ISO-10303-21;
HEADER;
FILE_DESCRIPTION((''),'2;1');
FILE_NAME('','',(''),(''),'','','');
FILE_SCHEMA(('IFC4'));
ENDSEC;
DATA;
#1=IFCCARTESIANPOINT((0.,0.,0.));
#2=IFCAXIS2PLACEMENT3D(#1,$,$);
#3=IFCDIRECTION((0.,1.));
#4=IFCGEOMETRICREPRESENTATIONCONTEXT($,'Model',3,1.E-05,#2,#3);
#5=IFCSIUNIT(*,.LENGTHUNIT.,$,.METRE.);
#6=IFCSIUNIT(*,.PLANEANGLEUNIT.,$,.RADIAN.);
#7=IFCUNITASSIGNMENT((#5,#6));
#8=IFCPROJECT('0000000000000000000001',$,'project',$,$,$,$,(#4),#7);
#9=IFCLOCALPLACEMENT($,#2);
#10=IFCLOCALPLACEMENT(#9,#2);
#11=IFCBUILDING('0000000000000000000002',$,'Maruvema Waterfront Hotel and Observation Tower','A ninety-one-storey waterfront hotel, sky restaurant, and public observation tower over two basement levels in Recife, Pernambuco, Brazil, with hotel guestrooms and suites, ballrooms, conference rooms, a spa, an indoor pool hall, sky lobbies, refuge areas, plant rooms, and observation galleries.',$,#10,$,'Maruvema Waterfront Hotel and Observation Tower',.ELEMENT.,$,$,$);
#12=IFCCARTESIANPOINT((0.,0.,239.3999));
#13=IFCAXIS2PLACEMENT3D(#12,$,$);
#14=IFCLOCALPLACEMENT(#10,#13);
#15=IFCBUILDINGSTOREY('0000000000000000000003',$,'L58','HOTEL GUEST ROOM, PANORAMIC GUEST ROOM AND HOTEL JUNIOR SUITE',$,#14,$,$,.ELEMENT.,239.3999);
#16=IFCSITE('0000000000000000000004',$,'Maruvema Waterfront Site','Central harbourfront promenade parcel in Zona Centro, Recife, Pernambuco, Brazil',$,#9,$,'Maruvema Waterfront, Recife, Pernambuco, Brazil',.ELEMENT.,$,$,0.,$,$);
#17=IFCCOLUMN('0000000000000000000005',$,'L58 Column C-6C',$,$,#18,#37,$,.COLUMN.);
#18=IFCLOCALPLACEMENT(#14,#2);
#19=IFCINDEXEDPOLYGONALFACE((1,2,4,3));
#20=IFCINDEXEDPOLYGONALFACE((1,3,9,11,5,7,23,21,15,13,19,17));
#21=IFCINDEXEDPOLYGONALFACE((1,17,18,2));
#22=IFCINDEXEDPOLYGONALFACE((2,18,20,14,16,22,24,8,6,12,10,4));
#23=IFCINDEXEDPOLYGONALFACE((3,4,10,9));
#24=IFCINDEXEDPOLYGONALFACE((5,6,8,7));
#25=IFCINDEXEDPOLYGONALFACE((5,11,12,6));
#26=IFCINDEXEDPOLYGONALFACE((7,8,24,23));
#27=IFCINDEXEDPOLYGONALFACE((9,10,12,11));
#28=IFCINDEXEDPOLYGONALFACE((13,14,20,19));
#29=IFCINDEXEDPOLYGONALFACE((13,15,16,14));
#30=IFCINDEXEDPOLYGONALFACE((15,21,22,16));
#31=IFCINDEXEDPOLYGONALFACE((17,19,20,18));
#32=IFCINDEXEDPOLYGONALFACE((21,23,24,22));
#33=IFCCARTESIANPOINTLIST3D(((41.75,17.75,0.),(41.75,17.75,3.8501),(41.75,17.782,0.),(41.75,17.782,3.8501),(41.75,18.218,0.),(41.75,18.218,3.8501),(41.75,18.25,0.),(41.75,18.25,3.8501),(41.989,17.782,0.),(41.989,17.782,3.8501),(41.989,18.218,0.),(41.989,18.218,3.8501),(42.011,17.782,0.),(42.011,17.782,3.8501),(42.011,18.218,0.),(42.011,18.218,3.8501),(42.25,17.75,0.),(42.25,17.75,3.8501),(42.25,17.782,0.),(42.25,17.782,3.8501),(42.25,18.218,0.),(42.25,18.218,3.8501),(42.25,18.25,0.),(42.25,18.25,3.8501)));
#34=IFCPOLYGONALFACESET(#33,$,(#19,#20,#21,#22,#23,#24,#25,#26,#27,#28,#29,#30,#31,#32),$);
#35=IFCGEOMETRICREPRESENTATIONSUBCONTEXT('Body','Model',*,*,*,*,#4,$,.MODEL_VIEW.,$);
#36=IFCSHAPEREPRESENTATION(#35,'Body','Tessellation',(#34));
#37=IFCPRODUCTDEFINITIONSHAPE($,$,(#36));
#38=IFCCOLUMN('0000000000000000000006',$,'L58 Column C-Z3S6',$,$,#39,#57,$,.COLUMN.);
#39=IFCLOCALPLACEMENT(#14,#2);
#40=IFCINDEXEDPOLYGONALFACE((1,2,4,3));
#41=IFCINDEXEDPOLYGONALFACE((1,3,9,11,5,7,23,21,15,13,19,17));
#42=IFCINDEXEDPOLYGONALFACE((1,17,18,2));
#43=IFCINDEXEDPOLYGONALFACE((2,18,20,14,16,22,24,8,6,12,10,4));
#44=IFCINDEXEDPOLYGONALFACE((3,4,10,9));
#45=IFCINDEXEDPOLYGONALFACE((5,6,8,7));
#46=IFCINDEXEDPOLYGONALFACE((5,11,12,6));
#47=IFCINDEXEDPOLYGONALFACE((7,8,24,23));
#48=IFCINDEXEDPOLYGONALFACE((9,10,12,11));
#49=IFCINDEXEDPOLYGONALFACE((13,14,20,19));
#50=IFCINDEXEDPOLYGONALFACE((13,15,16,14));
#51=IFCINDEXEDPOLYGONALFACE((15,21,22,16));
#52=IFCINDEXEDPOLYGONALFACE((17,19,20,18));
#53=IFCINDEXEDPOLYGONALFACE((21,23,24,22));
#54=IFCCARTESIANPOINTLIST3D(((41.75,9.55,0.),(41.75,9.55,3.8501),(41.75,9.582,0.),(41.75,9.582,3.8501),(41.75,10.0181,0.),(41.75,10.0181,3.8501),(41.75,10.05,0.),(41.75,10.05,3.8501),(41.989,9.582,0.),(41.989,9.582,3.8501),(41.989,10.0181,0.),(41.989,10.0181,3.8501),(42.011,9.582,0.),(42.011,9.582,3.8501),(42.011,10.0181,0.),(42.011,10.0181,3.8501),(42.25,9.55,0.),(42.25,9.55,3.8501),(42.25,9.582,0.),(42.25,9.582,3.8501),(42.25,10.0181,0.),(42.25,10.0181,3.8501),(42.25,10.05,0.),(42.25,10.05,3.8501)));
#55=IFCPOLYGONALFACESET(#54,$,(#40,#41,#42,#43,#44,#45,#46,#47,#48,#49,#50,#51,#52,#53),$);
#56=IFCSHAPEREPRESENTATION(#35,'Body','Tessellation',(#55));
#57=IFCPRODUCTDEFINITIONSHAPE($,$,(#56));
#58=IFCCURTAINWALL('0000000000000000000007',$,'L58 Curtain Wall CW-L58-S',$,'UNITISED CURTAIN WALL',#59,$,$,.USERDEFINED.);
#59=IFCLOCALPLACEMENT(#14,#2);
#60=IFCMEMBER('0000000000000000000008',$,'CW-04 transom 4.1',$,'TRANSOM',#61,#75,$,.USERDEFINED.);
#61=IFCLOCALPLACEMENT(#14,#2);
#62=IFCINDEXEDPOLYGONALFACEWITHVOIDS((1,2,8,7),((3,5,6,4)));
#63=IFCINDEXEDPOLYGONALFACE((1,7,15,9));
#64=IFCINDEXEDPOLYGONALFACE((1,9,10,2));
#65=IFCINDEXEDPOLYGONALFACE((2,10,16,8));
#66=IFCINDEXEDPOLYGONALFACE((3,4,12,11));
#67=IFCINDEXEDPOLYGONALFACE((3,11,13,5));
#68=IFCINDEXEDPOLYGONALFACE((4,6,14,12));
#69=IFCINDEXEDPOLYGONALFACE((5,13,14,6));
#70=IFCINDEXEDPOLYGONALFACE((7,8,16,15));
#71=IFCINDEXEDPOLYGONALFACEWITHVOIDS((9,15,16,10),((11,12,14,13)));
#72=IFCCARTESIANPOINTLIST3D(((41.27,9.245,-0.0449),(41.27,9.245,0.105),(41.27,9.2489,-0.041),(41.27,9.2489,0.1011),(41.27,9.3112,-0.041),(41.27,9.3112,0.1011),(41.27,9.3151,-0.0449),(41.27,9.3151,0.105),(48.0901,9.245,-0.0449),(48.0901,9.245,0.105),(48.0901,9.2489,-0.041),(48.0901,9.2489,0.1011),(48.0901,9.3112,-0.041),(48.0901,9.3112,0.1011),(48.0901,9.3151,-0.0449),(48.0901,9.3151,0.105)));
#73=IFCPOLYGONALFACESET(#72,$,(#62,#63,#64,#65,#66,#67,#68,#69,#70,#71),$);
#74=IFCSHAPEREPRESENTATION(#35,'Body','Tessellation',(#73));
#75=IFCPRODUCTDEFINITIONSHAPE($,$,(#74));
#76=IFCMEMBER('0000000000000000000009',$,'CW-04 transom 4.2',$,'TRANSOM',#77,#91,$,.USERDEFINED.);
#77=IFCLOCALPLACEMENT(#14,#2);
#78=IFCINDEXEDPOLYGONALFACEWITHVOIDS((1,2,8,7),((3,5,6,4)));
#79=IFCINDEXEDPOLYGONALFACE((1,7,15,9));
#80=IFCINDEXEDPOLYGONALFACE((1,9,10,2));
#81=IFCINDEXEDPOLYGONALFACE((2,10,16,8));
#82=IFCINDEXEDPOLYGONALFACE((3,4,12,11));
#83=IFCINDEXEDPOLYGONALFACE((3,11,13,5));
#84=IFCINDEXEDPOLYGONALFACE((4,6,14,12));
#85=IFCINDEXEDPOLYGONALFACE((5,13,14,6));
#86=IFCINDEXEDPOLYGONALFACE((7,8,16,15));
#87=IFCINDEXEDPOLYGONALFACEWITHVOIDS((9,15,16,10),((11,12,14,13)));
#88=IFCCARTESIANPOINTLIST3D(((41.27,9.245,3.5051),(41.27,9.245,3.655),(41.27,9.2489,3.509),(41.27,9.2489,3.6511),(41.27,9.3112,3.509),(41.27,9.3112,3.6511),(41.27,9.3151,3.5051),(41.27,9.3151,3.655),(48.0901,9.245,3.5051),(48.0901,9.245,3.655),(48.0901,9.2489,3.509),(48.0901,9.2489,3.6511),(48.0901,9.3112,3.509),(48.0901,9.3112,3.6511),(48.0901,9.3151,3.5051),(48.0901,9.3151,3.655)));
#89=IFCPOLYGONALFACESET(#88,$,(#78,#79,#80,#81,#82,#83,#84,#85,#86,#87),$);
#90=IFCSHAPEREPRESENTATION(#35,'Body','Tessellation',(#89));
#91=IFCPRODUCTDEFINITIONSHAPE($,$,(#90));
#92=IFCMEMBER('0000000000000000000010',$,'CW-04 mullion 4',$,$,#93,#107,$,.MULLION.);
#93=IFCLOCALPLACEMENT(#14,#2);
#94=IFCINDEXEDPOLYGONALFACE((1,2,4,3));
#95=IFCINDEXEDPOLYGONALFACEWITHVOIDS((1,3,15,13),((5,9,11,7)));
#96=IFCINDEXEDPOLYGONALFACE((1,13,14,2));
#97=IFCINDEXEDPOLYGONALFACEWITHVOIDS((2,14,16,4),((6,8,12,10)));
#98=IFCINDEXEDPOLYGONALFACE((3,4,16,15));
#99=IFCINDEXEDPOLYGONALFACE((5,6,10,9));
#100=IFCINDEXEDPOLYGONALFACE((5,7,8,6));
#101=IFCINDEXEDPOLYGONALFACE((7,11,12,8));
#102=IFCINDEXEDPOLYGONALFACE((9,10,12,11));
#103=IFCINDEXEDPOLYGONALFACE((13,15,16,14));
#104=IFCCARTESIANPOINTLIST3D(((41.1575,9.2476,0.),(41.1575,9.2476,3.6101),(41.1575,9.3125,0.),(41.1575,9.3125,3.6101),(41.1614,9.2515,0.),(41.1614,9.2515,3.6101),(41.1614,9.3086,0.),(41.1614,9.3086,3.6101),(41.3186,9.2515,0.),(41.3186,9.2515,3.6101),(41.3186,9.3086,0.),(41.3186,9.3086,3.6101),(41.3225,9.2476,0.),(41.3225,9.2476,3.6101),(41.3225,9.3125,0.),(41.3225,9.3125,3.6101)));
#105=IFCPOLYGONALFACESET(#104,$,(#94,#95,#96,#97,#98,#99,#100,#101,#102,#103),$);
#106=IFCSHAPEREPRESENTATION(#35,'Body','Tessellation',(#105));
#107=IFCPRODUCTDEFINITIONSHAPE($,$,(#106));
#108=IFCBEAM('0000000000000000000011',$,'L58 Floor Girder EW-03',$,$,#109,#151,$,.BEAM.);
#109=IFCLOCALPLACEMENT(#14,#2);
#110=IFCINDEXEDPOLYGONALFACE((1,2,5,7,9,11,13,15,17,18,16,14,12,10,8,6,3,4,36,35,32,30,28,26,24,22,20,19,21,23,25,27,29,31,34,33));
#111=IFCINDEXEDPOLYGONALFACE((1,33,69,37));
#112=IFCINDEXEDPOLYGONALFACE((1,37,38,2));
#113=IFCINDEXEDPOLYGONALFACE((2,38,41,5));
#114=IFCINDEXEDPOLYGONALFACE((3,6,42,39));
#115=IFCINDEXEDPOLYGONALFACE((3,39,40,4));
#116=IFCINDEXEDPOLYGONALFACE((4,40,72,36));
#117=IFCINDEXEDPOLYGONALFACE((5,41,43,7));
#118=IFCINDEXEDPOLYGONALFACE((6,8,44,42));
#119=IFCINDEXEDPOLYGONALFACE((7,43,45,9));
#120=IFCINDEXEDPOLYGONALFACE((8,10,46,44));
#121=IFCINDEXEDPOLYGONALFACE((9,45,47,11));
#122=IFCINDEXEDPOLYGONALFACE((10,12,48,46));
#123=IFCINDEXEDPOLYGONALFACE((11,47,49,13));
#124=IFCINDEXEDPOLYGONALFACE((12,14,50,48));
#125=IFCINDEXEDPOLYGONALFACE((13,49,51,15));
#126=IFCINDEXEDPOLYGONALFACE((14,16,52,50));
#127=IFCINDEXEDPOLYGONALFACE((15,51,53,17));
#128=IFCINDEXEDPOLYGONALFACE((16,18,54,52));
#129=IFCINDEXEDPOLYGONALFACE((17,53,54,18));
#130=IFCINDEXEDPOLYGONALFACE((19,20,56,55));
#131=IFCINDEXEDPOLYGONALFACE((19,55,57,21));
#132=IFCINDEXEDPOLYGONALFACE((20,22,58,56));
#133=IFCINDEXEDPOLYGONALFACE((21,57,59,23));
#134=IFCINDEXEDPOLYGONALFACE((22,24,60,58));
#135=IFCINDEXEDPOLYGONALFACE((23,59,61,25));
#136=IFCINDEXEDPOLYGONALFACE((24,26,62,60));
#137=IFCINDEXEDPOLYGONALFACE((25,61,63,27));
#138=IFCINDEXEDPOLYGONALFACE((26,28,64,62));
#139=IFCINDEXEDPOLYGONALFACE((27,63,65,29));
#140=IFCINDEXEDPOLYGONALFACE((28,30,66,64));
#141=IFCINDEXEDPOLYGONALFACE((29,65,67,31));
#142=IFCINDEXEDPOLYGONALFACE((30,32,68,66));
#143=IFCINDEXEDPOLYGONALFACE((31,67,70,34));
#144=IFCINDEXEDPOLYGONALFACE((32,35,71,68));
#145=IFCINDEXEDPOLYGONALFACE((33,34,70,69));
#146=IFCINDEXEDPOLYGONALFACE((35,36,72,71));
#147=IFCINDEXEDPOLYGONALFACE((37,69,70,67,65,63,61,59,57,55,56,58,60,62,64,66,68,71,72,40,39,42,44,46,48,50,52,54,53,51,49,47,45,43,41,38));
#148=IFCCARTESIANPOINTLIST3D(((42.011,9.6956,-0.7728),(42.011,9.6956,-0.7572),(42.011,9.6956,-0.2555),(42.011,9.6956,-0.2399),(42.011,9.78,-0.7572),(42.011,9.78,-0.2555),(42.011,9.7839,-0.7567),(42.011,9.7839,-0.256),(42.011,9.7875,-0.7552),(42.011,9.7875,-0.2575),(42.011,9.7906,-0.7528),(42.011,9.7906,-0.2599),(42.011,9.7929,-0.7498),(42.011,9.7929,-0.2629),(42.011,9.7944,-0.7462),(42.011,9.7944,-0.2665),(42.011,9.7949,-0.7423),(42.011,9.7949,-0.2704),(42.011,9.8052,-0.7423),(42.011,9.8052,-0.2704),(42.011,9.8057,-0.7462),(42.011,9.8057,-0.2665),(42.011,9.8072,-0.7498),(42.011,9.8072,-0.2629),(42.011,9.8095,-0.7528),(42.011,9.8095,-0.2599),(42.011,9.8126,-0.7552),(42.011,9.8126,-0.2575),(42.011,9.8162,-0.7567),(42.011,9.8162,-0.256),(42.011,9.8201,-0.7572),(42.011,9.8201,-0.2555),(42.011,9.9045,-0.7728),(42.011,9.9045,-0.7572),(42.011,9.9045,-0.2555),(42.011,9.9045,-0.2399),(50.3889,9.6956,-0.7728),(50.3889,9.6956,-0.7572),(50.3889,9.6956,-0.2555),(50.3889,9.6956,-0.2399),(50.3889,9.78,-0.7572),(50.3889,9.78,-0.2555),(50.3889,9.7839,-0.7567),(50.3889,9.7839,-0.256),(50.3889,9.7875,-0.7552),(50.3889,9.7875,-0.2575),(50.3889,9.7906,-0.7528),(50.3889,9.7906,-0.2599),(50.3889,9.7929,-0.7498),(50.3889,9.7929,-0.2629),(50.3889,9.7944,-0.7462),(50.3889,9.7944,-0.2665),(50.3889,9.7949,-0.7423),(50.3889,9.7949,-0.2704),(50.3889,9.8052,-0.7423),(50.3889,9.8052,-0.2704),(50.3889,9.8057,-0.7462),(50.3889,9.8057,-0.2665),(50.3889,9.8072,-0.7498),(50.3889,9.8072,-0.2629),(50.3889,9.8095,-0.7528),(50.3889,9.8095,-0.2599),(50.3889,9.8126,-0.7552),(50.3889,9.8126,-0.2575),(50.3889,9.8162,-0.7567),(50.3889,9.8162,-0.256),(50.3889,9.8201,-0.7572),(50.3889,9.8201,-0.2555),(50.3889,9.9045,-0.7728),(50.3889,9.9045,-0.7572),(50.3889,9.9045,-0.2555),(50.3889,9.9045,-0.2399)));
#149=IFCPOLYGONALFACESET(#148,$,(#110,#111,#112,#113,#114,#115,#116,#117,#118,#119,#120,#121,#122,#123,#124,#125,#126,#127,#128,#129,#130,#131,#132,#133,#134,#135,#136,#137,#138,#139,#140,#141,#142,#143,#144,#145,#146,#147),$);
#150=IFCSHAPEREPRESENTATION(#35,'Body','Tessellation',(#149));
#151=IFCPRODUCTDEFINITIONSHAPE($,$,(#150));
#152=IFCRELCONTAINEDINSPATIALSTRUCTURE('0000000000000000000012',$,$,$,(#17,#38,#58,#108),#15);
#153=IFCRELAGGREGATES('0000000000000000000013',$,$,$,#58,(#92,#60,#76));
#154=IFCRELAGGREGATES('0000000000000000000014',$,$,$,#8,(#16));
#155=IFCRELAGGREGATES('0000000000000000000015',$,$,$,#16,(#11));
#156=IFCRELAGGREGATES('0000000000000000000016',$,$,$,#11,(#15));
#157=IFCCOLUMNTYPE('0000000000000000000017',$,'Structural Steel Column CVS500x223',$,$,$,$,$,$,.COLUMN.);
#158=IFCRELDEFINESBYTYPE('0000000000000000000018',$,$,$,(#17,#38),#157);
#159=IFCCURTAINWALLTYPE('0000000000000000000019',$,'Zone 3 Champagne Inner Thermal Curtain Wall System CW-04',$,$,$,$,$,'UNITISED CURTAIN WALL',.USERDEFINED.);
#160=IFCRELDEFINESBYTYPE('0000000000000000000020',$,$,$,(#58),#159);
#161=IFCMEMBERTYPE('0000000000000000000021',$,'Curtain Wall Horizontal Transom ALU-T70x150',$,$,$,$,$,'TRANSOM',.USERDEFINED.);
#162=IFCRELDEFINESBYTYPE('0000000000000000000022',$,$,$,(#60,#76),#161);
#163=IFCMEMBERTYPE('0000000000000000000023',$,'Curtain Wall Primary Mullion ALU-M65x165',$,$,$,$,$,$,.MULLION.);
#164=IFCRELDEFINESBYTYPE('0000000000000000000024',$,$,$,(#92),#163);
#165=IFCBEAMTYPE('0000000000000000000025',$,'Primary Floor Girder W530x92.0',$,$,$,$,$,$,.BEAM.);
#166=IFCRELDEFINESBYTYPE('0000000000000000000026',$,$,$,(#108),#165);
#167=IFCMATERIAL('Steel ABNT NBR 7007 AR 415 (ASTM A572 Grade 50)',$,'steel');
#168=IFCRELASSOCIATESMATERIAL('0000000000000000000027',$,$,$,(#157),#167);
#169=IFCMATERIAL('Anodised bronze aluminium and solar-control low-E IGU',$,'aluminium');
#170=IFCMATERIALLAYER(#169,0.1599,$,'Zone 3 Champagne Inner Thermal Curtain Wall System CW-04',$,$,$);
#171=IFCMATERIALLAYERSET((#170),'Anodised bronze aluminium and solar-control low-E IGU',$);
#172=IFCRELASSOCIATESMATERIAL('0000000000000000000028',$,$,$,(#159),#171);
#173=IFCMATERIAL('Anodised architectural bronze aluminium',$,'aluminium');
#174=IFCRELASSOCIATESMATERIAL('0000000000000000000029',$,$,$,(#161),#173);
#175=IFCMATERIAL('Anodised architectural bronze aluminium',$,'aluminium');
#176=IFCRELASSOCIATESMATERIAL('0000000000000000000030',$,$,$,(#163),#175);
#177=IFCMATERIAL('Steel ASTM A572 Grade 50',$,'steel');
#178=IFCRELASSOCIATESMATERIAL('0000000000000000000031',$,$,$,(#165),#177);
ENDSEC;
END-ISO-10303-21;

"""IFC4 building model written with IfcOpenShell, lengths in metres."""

from ifc_helpers import new_model, si_unit, direction, frame, origin, origin_2d, place, context, subcontext, project, spatial, hollow_rectangle, i_section, extrude, material, layer, layer_set, material_profile, profile_set, type_object, element, aggregate, save


model = new_model("IFC4")

# Units and contexts
model_context = context("Model", 3, precision=1e-05, world=origin(), true_north=direction((0.0, 1.0)))
body_context = subcontext(model_context, "Body", "Model", "MODEL_VIEW")
ifc_project = project(units=[si_unit("LENGTHUNIT", "METRE"), si_unit("PLANEANGLEUNIT", "RADIAN")], contexts=[model_context])

# Site, building, storey
site_placement = place(None, origin())
site = spatial("IfcSite", under=ifc_project, at=site_placement, Name="Maruvema Waterfront Site", Description="Central harbourfront promenade parcel in Zona Centro, Recife, Pernambuco, Brazil", LongName="Maruvema Waterfront, Recife, Pernambuco, Brazil", CompositionType="ELEMENT", RefElevation=0.0)
building_placement = place(site_placement, origin())
building = spatial("IfcBuilding", under=site, at=building_placement, Name="Maruvema Waterfront Hotel and Observation Tower", Description="A ninety-one-storey waterfront hotel, sky restaurant, and public observation tower over two basement levels in Recife, Pernambuco, Brazil, with hotel guestrooms and suites, ballrooms, conference rooms, a spa, an indoor pool hall, sky lobbies, refuge areas, plant rooms, and observation galleries.", LongName="Maruvema Waterfront Hotel and Observation Tower", CompositionType="ELEMENT")
storey_placement = place(building_placement, frame((0.0, 0.0, 239.3999)))
storey = spatial("IfcBuildingStorey", under=building, at=storey_placement, Name="L58", Description="HOTEL GUEST ROOM, PANORAMIC GUEST ROOM AND HOTEL JUNIOR SUITE", CompositionType="ELEMENT", Elevation=239.3999)

# Columns
ifc_material_1 = material(Name="Steel ABNT NBR 7007 AR 415 (ASTM A572 Grade 50)", Category="steel")
ifc_material_profile_1 = material_profile(ifc_material_1, i_section(OverallWidth=0.5, OverallDepth=0.5, WebThickness=0.022, FlangeThickness=0.032, at=origin_2d()), Name="CVS500x223")
ifc_profile_set_1 = profile_set([ifc_material_profile_1], Name="Steel ABNT NBR 7007 AR 415 (ASTM A572 Grade 50)")
column_type = type_object("IfcColumnType", Name="Structural Steel Column CVS500x223", PredefinedType="COLUMN", material=ifc_profile_set_1)
for number, where, z_axis, x_axis, name in (
    (1, (42.0, 18.0, 0.0), (0.0, 0.0, 1.0), (1.0, 0.0, 0.0), "L58 Column C-6C"),
    (2, (42.0, 9.8, 0.0), (0.0, 0.0, 1.0), (1.0, 0.0, 0.0), "L58 Column C-Z3S6"),
):
    element("IfcColumn", number, at=place(storey_placement, frame(where, z_axis=z_axis, x_axis=x_axis)), inside=storey, type_object=column_type, Name=name, PredefinedType="COLUMN", context=body_context, shape_type="SweptSolid", body=[
        extrude(i_section(OverallWidth=0.5, OverallDepth=0.5, WebThickness=0.022, FlangeThickness=0.032, at=origin_2d()), origin(), (0.0, 0.0, 1.0), 3.8501),
    ])

# Curtain wall, members
ifc_material_2 = material(Name="Anodised bronze aluminium and solar-control low-E IGU", Category="aluminium")
ifc_layer_1 = layer(ifc_material_2, 0.1599, Name="Zone 3 Champagne Inner Thermal Curtain Wall System CW-04")
ifc_layer_set_1 = layer_set([ifc_layer_1], Name="Anodised bronze aluminium and solar-control low-E IGU")
curtain_wall_type = type_object("IfcCurtainWallType", Name="Zone 3 Champagne Inner Thermal Curtain Wall System CW-04", ElementType="UNITISED CURTAIN WALL", PredefinedType="USERDEFINED", material=ifc_layer_set_1)
curtain_wall_placement = place(storey_placement, origin())
curtain_wall = element("IfcCurtainWall", 3, at=curtain_wall_placement, inside=storey, type_object=curtain_wall_type, Name="L58 Curtain Wall CW-L58-S", ObjectType="UNITISED CURTAIN WALL", PredefinedType="USERDEFINED")
ifc_material_3 = material(Name="Anodised architectural bronze aluminium", Category="aluminium")
ifc_material_profile_2 = material_profile(ifc_material_3, hollow_rectangle(XDim=0.0701, YDim=0.1499, WallThickness=0.0039, at=origin_2d()), Name="ALU-T70x150")
ifc_profile_set_2 = profile_set([ifc_material_profile_2], Name="Anodised architectural bronze aluminium")
member_type_1 = type_object("IfcMemberType", Name="Curtain Wall Horizontal Transom ALU-T70x150", ElementType="TRANSOM", PredefinedType="USERDEFINED", material=ifc_profile_set_2)
member_1_placement = place(storey_placement, frame((41.27, 9.28, 0.03), z_axis=(1.0, 0.0, 0.0), x_axis=(0.0, 1.0, 0.0)))
member_1 = element("IfcMember", 4, at=member_1_placement, type_object=member_type_1, Name="CW-04 transom 4.1", ObjectType="TRANSOM", PredefinedType="USERDEFINED", context=body_context, shape_type="SweptSolid", body=[
    extrude(hollow_rectangle(XDim=0.0701, YDim=0.1499, WallThickness=0.0039, at=origin_2d()), origin(), (0.0, 0.0, 1.0), 6.8201),
])
member_2_placement = place(storey_placement, frame((41.27, 9.28, 3.5801), z_axis=(1.0, 0.0, 0.0), x_axis=(0.0, 1.0, 0.0)))
member_2 = element("IfcMember", 5, at=member_2_placement, type_object=member_type_1, Name="CW-04 transom 4.2", ObjectType="TRANSOM", PredefinedType="USERDEFINED", context=body_context, shape_type="SweptSolid", body=[
    extrude(hollow_rectangle(XDim=0.0701, YDim=0.1499, WallThickness=0.0039, at=origin_2d()), origin(), (0.0, 0.0, 1.0), 6.8201),
])
ifc_material_4 = material(Name="Anodised architectural bronze aluminium", Category="aluminium")
ifc_material_profile_3 = material_profile(ifc_material_4, hollow_rectangle(XDim=0.0649, YDim=0.165, WallThickness=0.0039, at=origin_2d()), Name="ALU-M65x165")
ifc_profile_set_3 = profile_set([ifc_material_profile_3], Name="Anodised architectural bronze aluminium")
member_type_2 = type_object("IfcMemberType", Name="Curtain Wall Primary Mullion ALU-M65x165", PredefinedType="MULLION", material=ifc_profile_set_3)
member_3_placement = place(storey_placement, frame((41.24, 9.28, 0.0), z_axis=(0.0, 0.0, 1.0), x_axis=(0.0, 1.0, 0.0)))
member_3 = element("IfcMember", 6, at=member_3_placement, type_object=member_type_2, Name="CW-04 mullion 4", PredefinedType="MULLION", context=body_context, shape_type="SweptSolid", body=[
    extrude(hollow_rectangle(XDim=0.0649, YDim=0.165, WallThickness=0.0039, at=origin_2d()), origin(), (0.0, 0.0, 1.0), 3.6101),
])

# Beam
ifc_material_5 = material(Name="Steel ASTM A572 Grade 50", Category="steel")
ifc_material_profile_4 = material_profile(ifc_material_5, i_section(OverallWidth=0.209, OverallDepth=0.533, WebThickness=0.0103, FlangeThickness=0.0156, FilletRadius=0.0149, at=origin_2d()), Name="W530x92.0")
ifc_profile_set_4 = profile_set([ifc_material_profile_4], Name="Steel ASTM A572 Grade 50")
beam_type_1 = type_object("IfcBeamType", Name="Primary Floor Girder W530x92.0", PredefinedType="BEAM", material=ifc_profile_set_4)
beam_1_placement = place(storey_placement, frame((42.011, 9.8, -0.5063), z_axis=(1.0, 0.0, 0.0), x_axis=(0.0, 1.0, 0.0)))
element("IfcBeam", 7, at=beam_1_placement, inside=storey, type_object=beam_type_1, Name="L58 Floor Girder EW-03", PredefinedType="BEAM", context=body_context, shape_type="SweptSolid", body=[
    extrude(i_section(OverallWidth=0.209, OverallDepth=0.533, WebThickness=0.0103, FlangeThickness=0.0156, FilletRadius=0.0149, at=origin_2d()), origin(), (0.0, 0.0, 1.0), 8.3779),
])

aggregate(curtain_wall, [member_3, member_1, member_2])

save(model, "model.ifc")
